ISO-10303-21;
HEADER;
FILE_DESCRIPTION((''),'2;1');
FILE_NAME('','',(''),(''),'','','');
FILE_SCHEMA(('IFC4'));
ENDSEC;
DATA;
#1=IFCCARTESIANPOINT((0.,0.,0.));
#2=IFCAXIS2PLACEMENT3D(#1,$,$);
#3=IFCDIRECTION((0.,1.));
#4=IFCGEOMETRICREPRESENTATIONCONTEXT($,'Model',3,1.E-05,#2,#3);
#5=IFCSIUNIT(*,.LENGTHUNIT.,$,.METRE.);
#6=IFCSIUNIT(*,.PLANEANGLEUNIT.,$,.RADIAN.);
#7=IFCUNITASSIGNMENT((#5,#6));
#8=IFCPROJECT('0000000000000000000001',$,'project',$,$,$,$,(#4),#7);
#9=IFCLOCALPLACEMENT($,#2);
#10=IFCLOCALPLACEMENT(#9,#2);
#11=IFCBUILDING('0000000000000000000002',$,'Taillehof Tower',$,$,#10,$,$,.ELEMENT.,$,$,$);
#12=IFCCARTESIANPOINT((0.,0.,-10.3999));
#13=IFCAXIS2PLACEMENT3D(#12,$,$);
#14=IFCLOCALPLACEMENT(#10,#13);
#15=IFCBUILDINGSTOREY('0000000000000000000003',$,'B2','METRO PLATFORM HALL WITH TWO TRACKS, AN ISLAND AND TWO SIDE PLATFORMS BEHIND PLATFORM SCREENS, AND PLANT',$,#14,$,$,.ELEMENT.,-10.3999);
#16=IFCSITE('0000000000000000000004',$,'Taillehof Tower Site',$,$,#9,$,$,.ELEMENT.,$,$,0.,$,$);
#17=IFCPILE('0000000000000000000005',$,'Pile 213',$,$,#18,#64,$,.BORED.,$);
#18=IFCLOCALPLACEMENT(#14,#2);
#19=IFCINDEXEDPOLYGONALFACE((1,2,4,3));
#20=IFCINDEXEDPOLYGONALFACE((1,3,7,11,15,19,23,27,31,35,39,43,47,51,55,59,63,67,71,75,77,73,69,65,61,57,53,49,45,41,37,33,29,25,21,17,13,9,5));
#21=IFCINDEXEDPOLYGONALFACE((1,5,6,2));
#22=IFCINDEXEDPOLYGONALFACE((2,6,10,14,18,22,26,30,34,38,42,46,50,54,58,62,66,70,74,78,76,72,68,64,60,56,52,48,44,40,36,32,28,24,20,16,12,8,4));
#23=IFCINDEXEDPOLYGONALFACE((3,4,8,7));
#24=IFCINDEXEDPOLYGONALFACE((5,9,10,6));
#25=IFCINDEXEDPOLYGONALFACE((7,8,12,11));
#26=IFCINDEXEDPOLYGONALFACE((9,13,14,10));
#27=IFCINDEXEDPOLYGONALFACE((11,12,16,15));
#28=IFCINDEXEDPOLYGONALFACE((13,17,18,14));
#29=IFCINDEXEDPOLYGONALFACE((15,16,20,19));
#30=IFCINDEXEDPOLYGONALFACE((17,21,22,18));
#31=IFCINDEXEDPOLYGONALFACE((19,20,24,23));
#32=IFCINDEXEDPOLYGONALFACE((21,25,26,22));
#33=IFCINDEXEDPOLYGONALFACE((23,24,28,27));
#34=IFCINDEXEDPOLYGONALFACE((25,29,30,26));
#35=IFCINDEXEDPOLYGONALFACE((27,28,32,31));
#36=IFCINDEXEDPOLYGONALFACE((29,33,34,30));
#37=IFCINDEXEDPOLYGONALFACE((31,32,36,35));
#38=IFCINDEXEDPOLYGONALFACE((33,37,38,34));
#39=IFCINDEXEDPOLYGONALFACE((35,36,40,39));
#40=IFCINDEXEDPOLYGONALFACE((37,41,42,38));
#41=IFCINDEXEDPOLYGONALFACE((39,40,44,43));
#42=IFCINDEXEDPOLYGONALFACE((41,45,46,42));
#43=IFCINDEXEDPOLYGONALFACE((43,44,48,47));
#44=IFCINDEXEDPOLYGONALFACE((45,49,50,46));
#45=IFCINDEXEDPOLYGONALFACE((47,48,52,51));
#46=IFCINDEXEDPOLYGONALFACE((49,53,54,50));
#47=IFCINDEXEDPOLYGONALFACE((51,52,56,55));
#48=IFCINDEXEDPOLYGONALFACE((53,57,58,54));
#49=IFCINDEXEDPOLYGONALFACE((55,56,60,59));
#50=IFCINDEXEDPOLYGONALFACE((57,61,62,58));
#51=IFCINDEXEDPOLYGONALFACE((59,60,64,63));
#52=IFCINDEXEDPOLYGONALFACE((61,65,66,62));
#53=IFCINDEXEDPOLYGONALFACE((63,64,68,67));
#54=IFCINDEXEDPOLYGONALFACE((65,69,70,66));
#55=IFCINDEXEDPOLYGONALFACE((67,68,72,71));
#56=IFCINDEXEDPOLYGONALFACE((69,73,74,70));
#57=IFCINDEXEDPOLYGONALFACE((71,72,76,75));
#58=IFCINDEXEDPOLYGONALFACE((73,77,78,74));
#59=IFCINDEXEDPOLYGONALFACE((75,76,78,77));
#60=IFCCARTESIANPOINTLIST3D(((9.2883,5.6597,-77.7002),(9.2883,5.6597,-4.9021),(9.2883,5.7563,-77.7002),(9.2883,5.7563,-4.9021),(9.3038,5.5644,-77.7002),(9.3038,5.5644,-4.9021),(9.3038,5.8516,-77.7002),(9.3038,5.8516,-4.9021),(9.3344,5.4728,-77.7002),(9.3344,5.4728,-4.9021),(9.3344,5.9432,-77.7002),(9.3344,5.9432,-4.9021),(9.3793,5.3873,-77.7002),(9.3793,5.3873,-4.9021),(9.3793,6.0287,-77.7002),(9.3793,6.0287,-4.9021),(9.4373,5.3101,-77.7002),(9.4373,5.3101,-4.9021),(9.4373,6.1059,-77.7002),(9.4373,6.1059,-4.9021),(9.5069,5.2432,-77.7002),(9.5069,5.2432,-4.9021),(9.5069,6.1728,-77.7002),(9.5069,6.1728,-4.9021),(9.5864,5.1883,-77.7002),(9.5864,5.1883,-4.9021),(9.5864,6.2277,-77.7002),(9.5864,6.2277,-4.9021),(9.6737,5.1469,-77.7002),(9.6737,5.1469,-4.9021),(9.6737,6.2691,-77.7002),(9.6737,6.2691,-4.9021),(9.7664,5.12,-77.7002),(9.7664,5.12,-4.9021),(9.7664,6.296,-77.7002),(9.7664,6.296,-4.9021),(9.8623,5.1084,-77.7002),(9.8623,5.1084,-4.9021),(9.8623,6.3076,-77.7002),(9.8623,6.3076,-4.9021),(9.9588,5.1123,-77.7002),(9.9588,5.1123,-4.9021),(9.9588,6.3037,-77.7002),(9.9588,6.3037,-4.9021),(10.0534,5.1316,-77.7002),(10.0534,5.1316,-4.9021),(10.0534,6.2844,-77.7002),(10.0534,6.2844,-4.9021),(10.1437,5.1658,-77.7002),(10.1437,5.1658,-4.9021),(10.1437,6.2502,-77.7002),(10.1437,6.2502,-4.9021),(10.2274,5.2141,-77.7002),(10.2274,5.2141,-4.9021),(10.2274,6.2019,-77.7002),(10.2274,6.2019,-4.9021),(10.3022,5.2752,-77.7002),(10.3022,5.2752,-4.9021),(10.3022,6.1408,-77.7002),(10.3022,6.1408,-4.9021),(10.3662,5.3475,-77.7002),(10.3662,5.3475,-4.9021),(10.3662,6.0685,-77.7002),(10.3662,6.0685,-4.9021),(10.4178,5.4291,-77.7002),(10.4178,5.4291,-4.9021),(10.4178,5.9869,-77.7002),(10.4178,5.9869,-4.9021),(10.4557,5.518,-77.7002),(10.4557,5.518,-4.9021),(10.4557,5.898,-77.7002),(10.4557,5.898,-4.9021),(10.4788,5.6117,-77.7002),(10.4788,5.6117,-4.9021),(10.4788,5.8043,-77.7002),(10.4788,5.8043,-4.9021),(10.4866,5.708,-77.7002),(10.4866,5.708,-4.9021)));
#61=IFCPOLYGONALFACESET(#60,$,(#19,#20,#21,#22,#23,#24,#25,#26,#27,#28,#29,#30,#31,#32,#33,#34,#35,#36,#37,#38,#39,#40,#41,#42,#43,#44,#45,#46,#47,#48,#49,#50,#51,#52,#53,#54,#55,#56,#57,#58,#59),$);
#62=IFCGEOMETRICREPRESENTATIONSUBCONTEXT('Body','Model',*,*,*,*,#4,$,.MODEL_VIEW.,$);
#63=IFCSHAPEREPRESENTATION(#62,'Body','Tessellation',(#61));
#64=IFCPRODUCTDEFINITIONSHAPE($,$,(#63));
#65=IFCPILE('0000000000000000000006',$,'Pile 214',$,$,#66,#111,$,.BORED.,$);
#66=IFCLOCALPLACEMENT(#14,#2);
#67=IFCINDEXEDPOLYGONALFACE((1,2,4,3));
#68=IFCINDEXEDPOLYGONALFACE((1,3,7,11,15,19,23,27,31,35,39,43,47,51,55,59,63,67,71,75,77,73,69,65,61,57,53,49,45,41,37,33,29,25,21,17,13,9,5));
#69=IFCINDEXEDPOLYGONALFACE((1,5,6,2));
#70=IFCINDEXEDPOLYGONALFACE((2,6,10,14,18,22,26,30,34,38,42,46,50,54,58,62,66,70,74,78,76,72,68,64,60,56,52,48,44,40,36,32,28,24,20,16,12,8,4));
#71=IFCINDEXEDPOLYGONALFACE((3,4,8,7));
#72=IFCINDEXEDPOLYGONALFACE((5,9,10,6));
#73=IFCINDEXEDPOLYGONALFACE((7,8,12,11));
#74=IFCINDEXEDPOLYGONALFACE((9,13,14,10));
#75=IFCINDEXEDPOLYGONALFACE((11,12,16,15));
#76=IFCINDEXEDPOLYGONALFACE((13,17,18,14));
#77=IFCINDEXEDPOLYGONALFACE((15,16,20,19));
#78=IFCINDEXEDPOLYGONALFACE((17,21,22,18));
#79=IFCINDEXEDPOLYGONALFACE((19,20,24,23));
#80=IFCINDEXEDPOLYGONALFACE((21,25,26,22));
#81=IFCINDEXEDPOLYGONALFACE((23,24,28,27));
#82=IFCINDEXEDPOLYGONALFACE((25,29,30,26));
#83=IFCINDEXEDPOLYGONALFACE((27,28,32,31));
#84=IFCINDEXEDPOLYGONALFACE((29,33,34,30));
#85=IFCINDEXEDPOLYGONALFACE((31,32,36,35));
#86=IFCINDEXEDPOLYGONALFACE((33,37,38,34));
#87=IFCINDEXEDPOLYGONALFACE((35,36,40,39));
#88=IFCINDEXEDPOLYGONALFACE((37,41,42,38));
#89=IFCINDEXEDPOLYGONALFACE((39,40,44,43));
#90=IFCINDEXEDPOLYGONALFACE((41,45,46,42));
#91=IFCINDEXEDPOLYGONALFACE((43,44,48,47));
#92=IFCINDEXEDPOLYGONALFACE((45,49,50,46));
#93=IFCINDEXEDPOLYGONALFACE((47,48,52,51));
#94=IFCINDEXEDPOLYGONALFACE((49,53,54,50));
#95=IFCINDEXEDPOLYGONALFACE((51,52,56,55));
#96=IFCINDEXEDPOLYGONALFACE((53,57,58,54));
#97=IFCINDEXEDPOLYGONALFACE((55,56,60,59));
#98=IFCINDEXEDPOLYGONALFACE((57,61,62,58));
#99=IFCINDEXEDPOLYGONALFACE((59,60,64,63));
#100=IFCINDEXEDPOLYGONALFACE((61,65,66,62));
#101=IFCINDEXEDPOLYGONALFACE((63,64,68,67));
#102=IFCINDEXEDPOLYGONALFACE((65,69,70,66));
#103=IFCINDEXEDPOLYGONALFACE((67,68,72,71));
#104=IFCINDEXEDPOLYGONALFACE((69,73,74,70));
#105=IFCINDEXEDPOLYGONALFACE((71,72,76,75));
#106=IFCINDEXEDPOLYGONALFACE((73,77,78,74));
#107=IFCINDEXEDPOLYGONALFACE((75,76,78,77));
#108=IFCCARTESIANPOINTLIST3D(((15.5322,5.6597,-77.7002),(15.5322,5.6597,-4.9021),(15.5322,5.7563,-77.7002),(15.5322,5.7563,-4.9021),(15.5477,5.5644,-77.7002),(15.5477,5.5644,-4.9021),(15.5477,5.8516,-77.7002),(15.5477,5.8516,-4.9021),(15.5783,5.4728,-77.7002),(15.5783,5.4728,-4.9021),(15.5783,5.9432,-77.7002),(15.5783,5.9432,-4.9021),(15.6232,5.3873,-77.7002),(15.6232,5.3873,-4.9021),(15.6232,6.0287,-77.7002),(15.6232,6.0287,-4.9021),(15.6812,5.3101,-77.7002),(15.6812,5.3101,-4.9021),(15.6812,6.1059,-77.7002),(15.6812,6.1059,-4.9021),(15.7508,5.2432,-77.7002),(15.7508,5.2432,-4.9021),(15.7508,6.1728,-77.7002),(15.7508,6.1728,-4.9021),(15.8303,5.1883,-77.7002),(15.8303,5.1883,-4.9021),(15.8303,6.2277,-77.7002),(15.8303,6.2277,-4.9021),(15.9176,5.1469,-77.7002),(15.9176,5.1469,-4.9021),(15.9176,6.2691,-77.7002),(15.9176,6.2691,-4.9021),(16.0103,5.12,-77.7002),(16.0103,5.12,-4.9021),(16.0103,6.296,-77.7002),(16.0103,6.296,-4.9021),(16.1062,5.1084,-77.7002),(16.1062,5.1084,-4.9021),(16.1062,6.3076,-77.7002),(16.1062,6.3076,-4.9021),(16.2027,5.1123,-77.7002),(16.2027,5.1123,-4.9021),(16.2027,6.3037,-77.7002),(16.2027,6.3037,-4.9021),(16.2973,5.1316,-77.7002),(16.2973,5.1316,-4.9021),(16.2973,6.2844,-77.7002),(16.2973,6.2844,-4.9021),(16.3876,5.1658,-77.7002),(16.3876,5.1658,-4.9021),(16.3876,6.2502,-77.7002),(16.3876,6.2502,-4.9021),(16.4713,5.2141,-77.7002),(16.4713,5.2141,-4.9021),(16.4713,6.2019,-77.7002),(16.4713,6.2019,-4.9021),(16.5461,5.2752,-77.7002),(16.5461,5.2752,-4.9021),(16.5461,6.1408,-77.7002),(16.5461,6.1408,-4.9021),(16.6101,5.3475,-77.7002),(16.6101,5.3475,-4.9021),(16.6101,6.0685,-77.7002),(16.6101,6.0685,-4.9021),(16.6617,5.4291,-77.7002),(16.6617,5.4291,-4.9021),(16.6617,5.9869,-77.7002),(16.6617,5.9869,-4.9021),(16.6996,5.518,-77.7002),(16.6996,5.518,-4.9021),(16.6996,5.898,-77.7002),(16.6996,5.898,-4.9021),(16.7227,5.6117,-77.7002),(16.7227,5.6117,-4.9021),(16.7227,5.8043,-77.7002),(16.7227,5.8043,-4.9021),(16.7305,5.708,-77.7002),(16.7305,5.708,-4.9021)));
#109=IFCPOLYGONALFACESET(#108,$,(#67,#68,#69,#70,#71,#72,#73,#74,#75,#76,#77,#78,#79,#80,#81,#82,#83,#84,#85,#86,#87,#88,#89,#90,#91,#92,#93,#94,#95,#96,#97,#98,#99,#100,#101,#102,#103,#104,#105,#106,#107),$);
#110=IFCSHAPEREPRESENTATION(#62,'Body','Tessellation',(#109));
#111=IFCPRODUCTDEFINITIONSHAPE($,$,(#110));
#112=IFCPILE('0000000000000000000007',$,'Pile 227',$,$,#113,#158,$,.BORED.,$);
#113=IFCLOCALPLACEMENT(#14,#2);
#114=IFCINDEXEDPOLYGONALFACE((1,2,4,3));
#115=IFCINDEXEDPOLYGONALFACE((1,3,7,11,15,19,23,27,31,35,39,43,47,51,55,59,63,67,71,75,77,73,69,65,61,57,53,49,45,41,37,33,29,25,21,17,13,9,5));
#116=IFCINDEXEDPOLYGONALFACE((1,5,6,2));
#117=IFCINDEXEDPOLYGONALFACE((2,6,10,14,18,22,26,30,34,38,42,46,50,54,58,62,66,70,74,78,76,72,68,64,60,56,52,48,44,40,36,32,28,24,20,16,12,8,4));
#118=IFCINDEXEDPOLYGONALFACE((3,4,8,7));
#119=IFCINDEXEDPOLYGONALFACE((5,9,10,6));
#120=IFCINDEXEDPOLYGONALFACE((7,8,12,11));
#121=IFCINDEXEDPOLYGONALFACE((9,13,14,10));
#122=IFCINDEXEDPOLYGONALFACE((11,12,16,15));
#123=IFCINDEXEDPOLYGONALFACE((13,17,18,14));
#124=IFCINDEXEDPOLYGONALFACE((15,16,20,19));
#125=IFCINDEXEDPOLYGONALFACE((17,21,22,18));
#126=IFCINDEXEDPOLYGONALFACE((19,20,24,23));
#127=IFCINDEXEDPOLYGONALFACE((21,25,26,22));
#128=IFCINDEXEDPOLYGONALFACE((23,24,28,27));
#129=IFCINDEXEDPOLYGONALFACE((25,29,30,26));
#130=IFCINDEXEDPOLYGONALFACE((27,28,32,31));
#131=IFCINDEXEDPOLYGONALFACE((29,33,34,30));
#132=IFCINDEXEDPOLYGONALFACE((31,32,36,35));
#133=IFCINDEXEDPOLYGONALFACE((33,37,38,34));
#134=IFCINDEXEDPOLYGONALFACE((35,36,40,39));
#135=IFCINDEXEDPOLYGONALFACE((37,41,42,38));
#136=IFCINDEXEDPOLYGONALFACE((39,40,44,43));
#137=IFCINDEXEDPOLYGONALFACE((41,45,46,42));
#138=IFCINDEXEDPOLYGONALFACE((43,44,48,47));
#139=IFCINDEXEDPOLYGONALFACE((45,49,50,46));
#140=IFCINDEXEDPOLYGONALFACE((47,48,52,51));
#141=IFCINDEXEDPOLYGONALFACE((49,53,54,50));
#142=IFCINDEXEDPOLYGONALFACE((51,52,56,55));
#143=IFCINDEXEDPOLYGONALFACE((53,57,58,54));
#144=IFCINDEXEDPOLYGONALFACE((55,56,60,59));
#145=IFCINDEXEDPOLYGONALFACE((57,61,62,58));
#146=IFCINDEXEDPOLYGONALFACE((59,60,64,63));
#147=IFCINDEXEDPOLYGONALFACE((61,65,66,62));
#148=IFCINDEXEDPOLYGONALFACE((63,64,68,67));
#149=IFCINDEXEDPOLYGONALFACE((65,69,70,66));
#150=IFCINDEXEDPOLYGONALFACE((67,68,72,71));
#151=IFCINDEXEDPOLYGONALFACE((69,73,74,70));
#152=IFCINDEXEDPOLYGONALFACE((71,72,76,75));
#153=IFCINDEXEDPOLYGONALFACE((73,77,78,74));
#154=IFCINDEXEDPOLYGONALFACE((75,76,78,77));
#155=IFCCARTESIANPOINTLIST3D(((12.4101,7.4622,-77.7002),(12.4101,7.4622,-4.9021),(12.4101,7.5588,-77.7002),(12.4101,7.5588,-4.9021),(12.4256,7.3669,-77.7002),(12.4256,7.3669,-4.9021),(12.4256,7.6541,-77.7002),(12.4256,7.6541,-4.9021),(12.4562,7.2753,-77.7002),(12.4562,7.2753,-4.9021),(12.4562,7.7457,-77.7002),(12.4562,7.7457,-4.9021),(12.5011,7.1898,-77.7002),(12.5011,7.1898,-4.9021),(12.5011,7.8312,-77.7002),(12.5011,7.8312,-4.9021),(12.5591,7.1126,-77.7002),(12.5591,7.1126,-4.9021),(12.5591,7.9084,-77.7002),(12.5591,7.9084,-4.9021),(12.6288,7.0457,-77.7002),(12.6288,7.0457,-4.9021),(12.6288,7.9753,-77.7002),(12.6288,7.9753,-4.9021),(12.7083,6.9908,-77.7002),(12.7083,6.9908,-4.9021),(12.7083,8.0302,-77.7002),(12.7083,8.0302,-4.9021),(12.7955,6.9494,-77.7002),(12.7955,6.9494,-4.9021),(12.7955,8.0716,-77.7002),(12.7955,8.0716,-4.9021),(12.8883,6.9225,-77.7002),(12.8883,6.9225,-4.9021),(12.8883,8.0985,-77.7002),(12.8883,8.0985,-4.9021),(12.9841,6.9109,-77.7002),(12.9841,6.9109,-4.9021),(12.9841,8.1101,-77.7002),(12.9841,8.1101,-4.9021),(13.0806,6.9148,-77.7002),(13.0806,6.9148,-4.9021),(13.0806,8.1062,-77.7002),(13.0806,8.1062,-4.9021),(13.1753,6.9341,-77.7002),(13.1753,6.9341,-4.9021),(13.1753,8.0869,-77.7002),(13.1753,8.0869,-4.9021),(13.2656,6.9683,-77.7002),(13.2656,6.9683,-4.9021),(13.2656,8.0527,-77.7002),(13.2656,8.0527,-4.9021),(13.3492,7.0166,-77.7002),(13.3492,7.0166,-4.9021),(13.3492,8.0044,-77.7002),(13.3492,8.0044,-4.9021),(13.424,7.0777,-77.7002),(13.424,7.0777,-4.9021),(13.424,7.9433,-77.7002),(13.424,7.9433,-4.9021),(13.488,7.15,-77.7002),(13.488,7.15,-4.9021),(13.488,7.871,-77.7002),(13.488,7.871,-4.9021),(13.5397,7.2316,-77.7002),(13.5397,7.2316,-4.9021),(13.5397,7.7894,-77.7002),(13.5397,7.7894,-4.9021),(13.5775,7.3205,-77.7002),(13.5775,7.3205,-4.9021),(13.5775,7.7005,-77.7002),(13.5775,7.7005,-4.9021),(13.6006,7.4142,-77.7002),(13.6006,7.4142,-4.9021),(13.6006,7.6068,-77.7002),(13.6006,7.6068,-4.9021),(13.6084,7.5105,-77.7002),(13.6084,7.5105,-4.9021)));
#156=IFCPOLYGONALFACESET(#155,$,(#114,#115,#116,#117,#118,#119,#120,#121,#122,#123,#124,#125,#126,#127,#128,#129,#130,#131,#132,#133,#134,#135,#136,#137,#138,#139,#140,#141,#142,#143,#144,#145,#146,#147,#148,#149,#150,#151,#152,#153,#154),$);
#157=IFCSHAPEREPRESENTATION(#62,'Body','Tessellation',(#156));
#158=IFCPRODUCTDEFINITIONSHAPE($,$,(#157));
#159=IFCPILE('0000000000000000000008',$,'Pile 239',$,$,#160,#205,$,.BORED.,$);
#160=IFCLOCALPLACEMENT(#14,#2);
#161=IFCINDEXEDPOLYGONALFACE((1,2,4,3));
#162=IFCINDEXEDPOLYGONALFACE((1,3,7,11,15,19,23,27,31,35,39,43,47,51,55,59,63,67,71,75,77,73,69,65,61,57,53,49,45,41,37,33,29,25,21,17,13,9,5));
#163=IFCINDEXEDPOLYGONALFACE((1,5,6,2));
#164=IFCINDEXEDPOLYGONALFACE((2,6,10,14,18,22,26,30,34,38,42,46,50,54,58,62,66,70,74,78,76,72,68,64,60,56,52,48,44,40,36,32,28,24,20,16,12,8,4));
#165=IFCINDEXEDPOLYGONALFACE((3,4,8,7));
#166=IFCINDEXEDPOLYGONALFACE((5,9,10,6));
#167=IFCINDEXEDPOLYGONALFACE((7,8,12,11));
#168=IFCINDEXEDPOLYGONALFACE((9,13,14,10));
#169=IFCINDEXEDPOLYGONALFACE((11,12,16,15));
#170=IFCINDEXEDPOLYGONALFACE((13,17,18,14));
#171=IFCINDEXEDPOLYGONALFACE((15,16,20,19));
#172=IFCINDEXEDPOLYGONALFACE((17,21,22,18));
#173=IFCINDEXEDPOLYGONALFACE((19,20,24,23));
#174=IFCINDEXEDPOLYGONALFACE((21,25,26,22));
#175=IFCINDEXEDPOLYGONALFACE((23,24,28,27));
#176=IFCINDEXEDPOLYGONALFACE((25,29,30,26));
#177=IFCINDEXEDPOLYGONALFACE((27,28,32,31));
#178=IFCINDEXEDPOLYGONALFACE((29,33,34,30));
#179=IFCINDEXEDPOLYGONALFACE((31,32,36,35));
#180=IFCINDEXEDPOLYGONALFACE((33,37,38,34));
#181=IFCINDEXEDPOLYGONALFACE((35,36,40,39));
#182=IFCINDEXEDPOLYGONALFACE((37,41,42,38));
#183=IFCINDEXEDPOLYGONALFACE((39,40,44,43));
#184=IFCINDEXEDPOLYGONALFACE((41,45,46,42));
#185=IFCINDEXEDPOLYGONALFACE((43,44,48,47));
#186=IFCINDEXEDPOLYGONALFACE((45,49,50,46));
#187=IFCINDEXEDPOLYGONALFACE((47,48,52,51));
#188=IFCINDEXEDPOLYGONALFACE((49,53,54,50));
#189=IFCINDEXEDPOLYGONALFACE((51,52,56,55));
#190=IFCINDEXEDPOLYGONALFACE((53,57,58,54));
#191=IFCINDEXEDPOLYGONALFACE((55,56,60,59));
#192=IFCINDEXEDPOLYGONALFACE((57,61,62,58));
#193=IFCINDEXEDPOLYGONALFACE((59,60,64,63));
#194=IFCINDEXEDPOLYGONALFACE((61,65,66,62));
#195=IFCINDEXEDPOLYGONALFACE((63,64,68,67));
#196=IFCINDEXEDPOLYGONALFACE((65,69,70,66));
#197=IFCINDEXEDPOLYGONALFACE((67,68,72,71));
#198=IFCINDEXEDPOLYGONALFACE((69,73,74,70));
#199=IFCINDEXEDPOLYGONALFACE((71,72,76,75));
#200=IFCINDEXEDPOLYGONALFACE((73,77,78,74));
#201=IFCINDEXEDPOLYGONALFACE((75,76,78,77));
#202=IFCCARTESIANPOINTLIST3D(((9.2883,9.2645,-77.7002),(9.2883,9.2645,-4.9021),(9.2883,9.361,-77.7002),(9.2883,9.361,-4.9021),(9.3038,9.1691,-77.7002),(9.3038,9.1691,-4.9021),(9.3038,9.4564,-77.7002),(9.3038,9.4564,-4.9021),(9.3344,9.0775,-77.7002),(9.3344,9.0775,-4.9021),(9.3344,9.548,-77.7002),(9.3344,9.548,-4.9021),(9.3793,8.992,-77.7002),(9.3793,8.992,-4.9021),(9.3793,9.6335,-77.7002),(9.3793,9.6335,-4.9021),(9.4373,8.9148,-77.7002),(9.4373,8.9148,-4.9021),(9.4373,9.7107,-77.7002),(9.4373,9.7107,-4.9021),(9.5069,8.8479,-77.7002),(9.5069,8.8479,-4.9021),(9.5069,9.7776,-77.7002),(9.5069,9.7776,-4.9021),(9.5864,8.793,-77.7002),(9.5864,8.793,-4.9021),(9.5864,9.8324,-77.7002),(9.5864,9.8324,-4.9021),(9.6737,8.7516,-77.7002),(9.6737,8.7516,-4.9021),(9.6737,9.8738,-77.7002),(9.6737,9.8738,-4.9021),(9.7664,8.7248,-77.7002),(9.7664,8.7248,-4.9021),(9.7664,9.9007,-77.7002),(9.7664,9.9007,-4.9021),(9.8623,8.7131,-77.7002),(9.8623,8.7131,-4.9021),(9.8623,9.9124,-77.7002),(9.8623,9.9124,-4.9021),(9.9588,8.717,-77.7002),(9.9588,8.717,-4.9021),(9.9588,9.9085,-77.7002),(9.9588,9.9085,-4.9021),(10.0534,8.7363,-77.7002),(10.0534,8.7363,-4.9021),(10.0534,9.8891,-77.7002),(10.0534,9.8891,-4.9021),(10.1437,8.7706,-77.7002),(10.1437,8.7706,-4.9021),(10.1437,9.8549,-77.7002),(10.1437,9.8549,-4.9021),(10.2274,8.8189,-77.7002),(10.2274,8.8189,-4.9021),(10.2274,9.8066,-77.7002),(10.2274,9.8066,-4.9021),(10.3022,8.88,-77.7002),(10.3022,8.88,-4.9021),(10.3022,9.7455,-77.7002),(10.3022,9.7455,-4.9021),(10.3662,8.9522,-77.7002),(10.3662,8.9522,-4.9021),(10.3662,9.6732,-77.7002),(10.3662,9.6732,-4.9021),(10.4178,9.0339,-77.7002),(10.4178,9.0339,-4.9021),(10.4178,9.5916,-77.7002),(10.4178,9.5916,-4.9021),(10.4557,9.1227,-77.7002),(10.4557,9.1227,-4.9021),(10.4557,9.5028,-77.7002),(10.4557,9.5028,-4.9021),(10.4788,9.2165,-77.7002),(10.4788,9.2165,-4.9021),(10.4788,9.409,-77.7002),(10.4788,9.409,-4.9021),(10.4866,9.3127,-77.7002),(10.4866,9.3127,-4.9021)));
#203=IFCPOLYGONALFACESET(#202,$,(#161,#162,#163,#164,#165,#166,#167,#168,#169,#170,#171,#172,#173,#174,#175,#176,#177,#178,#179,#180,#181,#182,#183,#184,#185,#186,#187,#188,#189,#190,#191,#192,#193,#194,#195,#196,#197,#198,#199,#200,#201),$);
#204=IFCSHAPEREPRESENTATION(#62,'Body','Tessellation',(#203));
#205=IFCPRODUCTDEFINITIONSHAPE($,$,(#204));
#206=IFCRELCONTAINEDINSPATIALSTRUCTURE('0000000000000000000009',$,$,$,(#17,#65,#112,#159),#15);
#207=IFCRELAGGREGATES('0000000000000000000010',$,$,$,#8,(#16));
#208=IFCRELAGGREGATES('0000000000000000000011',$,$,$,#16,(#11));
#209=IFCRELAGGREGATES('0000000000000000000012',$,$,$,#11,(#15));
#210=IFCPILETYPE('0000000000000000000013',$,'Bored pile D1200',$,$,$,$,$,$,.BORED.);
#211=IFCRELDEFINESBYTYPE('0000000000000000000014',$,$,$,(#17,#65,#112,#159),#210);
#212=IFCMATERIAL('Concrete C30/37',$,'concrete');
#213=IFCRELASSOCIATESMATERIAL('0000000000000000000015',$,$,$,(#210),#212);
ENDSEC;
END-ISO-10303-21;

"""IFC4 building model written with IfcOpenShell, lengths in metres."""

from ifc_helpers import new_model, si_unit, direction, frame, origin, origin_2d, place, context, subcontext, project, spatial, circle, extrude, material, material_profile, profile_set, type_object, element, save


model = new_model("IFC4")

# Units and contexts
model_context = context("Model", 3, precision=1e-05, world=origin(), true_north=direction((0.0, 1.0)))
body_context = subcontext(model_context, "Body", "Model", "MODEL_VIEW")
ifc_project = project(units=[si_unit("LENGTHUNIT", "METRE"), si_unit("PLANEANGLEUNIT", "RADIAN")], contexts=[model_context])

# Site, building, storey
site_placement = place(None, origin())
site = spatial("IfcSite", under=ifc_project, at=site_placement, Name="Taillehof Tower Site", CompositionType="ELEMENT", RefElevation=0.0)
building_placement = place(site_placement, origin())
building = spatial("IfcBuilding", under=site, at=building_placement, Name="Taillehof Tower", CompositionType="ELEMENT")
storey_placement = place(building_placement, frame((0.0, 0.0, -10.3999)))
storey = spatial("IfcBuildingStorey", under=building, at=storey_placement, Name="B2", Description="METRO PLATFORM HALL WITH TWO TRACKS, AN ISLAND AND TWO SIDE PLATFORMS BEHIND PLATFORM SCREENS, AND PLANT", CompositionType="ELEMENT", Elevation=-10.3999)

# Piles
ifc_material_1 = material(Name="Concrete C30/37", Category="concrete")
ifc_material_profile = material_profile(ifc_material_1, circle(Radius=0.6001, at=origin_2d()), Name="BP D1200")
ifc_profile_set = profile_set([ifc_material_profile], Name="Concrete C30/37")
pile_type = type_object("IfcPileType", Name="Bored pile D1200", PredefinedType="BORED", material=ifc_profile_set)
for number, where, z_axis, x_axis, name in (
    (1, (9.8865, 5.708, -4.9021), (0.0, 0.0, -1.0), (1.0, 0.0, 0.0), "Pile 213"),
    (2, (16.1304, 5.708, -4.9021), (0.0, 0.0, -1.0), (1.0, 0.0, 0.0), "Pile 214"),
    (3, (13.0083, 7.5105, -4.9021), (0.0, 0.0, -1.0), (1.0, 0.0, 0.0), "Pile 227"),
    (4, (9.8865, 9.3127, -4.9021), (0.0, 0.0, -1.0), (1.0, 0.0, 0.0), "Pile 239"),
):
    element("IfcPile", number, at=place(storey_placement, frame(where, z_axis=z_axis, x_axis=x_axis)), inside=storey, type_object=pile_type, Name=name, PredefinedType="BORED", context=body_context, shape_type="SweptSolid", body=[
        extrude(circle(Radius=0.6001, at=origin_2d()), origin(), (0.0, 0.0, 1.0), 72.7981),
    ])

save(model, "model.ifc")
